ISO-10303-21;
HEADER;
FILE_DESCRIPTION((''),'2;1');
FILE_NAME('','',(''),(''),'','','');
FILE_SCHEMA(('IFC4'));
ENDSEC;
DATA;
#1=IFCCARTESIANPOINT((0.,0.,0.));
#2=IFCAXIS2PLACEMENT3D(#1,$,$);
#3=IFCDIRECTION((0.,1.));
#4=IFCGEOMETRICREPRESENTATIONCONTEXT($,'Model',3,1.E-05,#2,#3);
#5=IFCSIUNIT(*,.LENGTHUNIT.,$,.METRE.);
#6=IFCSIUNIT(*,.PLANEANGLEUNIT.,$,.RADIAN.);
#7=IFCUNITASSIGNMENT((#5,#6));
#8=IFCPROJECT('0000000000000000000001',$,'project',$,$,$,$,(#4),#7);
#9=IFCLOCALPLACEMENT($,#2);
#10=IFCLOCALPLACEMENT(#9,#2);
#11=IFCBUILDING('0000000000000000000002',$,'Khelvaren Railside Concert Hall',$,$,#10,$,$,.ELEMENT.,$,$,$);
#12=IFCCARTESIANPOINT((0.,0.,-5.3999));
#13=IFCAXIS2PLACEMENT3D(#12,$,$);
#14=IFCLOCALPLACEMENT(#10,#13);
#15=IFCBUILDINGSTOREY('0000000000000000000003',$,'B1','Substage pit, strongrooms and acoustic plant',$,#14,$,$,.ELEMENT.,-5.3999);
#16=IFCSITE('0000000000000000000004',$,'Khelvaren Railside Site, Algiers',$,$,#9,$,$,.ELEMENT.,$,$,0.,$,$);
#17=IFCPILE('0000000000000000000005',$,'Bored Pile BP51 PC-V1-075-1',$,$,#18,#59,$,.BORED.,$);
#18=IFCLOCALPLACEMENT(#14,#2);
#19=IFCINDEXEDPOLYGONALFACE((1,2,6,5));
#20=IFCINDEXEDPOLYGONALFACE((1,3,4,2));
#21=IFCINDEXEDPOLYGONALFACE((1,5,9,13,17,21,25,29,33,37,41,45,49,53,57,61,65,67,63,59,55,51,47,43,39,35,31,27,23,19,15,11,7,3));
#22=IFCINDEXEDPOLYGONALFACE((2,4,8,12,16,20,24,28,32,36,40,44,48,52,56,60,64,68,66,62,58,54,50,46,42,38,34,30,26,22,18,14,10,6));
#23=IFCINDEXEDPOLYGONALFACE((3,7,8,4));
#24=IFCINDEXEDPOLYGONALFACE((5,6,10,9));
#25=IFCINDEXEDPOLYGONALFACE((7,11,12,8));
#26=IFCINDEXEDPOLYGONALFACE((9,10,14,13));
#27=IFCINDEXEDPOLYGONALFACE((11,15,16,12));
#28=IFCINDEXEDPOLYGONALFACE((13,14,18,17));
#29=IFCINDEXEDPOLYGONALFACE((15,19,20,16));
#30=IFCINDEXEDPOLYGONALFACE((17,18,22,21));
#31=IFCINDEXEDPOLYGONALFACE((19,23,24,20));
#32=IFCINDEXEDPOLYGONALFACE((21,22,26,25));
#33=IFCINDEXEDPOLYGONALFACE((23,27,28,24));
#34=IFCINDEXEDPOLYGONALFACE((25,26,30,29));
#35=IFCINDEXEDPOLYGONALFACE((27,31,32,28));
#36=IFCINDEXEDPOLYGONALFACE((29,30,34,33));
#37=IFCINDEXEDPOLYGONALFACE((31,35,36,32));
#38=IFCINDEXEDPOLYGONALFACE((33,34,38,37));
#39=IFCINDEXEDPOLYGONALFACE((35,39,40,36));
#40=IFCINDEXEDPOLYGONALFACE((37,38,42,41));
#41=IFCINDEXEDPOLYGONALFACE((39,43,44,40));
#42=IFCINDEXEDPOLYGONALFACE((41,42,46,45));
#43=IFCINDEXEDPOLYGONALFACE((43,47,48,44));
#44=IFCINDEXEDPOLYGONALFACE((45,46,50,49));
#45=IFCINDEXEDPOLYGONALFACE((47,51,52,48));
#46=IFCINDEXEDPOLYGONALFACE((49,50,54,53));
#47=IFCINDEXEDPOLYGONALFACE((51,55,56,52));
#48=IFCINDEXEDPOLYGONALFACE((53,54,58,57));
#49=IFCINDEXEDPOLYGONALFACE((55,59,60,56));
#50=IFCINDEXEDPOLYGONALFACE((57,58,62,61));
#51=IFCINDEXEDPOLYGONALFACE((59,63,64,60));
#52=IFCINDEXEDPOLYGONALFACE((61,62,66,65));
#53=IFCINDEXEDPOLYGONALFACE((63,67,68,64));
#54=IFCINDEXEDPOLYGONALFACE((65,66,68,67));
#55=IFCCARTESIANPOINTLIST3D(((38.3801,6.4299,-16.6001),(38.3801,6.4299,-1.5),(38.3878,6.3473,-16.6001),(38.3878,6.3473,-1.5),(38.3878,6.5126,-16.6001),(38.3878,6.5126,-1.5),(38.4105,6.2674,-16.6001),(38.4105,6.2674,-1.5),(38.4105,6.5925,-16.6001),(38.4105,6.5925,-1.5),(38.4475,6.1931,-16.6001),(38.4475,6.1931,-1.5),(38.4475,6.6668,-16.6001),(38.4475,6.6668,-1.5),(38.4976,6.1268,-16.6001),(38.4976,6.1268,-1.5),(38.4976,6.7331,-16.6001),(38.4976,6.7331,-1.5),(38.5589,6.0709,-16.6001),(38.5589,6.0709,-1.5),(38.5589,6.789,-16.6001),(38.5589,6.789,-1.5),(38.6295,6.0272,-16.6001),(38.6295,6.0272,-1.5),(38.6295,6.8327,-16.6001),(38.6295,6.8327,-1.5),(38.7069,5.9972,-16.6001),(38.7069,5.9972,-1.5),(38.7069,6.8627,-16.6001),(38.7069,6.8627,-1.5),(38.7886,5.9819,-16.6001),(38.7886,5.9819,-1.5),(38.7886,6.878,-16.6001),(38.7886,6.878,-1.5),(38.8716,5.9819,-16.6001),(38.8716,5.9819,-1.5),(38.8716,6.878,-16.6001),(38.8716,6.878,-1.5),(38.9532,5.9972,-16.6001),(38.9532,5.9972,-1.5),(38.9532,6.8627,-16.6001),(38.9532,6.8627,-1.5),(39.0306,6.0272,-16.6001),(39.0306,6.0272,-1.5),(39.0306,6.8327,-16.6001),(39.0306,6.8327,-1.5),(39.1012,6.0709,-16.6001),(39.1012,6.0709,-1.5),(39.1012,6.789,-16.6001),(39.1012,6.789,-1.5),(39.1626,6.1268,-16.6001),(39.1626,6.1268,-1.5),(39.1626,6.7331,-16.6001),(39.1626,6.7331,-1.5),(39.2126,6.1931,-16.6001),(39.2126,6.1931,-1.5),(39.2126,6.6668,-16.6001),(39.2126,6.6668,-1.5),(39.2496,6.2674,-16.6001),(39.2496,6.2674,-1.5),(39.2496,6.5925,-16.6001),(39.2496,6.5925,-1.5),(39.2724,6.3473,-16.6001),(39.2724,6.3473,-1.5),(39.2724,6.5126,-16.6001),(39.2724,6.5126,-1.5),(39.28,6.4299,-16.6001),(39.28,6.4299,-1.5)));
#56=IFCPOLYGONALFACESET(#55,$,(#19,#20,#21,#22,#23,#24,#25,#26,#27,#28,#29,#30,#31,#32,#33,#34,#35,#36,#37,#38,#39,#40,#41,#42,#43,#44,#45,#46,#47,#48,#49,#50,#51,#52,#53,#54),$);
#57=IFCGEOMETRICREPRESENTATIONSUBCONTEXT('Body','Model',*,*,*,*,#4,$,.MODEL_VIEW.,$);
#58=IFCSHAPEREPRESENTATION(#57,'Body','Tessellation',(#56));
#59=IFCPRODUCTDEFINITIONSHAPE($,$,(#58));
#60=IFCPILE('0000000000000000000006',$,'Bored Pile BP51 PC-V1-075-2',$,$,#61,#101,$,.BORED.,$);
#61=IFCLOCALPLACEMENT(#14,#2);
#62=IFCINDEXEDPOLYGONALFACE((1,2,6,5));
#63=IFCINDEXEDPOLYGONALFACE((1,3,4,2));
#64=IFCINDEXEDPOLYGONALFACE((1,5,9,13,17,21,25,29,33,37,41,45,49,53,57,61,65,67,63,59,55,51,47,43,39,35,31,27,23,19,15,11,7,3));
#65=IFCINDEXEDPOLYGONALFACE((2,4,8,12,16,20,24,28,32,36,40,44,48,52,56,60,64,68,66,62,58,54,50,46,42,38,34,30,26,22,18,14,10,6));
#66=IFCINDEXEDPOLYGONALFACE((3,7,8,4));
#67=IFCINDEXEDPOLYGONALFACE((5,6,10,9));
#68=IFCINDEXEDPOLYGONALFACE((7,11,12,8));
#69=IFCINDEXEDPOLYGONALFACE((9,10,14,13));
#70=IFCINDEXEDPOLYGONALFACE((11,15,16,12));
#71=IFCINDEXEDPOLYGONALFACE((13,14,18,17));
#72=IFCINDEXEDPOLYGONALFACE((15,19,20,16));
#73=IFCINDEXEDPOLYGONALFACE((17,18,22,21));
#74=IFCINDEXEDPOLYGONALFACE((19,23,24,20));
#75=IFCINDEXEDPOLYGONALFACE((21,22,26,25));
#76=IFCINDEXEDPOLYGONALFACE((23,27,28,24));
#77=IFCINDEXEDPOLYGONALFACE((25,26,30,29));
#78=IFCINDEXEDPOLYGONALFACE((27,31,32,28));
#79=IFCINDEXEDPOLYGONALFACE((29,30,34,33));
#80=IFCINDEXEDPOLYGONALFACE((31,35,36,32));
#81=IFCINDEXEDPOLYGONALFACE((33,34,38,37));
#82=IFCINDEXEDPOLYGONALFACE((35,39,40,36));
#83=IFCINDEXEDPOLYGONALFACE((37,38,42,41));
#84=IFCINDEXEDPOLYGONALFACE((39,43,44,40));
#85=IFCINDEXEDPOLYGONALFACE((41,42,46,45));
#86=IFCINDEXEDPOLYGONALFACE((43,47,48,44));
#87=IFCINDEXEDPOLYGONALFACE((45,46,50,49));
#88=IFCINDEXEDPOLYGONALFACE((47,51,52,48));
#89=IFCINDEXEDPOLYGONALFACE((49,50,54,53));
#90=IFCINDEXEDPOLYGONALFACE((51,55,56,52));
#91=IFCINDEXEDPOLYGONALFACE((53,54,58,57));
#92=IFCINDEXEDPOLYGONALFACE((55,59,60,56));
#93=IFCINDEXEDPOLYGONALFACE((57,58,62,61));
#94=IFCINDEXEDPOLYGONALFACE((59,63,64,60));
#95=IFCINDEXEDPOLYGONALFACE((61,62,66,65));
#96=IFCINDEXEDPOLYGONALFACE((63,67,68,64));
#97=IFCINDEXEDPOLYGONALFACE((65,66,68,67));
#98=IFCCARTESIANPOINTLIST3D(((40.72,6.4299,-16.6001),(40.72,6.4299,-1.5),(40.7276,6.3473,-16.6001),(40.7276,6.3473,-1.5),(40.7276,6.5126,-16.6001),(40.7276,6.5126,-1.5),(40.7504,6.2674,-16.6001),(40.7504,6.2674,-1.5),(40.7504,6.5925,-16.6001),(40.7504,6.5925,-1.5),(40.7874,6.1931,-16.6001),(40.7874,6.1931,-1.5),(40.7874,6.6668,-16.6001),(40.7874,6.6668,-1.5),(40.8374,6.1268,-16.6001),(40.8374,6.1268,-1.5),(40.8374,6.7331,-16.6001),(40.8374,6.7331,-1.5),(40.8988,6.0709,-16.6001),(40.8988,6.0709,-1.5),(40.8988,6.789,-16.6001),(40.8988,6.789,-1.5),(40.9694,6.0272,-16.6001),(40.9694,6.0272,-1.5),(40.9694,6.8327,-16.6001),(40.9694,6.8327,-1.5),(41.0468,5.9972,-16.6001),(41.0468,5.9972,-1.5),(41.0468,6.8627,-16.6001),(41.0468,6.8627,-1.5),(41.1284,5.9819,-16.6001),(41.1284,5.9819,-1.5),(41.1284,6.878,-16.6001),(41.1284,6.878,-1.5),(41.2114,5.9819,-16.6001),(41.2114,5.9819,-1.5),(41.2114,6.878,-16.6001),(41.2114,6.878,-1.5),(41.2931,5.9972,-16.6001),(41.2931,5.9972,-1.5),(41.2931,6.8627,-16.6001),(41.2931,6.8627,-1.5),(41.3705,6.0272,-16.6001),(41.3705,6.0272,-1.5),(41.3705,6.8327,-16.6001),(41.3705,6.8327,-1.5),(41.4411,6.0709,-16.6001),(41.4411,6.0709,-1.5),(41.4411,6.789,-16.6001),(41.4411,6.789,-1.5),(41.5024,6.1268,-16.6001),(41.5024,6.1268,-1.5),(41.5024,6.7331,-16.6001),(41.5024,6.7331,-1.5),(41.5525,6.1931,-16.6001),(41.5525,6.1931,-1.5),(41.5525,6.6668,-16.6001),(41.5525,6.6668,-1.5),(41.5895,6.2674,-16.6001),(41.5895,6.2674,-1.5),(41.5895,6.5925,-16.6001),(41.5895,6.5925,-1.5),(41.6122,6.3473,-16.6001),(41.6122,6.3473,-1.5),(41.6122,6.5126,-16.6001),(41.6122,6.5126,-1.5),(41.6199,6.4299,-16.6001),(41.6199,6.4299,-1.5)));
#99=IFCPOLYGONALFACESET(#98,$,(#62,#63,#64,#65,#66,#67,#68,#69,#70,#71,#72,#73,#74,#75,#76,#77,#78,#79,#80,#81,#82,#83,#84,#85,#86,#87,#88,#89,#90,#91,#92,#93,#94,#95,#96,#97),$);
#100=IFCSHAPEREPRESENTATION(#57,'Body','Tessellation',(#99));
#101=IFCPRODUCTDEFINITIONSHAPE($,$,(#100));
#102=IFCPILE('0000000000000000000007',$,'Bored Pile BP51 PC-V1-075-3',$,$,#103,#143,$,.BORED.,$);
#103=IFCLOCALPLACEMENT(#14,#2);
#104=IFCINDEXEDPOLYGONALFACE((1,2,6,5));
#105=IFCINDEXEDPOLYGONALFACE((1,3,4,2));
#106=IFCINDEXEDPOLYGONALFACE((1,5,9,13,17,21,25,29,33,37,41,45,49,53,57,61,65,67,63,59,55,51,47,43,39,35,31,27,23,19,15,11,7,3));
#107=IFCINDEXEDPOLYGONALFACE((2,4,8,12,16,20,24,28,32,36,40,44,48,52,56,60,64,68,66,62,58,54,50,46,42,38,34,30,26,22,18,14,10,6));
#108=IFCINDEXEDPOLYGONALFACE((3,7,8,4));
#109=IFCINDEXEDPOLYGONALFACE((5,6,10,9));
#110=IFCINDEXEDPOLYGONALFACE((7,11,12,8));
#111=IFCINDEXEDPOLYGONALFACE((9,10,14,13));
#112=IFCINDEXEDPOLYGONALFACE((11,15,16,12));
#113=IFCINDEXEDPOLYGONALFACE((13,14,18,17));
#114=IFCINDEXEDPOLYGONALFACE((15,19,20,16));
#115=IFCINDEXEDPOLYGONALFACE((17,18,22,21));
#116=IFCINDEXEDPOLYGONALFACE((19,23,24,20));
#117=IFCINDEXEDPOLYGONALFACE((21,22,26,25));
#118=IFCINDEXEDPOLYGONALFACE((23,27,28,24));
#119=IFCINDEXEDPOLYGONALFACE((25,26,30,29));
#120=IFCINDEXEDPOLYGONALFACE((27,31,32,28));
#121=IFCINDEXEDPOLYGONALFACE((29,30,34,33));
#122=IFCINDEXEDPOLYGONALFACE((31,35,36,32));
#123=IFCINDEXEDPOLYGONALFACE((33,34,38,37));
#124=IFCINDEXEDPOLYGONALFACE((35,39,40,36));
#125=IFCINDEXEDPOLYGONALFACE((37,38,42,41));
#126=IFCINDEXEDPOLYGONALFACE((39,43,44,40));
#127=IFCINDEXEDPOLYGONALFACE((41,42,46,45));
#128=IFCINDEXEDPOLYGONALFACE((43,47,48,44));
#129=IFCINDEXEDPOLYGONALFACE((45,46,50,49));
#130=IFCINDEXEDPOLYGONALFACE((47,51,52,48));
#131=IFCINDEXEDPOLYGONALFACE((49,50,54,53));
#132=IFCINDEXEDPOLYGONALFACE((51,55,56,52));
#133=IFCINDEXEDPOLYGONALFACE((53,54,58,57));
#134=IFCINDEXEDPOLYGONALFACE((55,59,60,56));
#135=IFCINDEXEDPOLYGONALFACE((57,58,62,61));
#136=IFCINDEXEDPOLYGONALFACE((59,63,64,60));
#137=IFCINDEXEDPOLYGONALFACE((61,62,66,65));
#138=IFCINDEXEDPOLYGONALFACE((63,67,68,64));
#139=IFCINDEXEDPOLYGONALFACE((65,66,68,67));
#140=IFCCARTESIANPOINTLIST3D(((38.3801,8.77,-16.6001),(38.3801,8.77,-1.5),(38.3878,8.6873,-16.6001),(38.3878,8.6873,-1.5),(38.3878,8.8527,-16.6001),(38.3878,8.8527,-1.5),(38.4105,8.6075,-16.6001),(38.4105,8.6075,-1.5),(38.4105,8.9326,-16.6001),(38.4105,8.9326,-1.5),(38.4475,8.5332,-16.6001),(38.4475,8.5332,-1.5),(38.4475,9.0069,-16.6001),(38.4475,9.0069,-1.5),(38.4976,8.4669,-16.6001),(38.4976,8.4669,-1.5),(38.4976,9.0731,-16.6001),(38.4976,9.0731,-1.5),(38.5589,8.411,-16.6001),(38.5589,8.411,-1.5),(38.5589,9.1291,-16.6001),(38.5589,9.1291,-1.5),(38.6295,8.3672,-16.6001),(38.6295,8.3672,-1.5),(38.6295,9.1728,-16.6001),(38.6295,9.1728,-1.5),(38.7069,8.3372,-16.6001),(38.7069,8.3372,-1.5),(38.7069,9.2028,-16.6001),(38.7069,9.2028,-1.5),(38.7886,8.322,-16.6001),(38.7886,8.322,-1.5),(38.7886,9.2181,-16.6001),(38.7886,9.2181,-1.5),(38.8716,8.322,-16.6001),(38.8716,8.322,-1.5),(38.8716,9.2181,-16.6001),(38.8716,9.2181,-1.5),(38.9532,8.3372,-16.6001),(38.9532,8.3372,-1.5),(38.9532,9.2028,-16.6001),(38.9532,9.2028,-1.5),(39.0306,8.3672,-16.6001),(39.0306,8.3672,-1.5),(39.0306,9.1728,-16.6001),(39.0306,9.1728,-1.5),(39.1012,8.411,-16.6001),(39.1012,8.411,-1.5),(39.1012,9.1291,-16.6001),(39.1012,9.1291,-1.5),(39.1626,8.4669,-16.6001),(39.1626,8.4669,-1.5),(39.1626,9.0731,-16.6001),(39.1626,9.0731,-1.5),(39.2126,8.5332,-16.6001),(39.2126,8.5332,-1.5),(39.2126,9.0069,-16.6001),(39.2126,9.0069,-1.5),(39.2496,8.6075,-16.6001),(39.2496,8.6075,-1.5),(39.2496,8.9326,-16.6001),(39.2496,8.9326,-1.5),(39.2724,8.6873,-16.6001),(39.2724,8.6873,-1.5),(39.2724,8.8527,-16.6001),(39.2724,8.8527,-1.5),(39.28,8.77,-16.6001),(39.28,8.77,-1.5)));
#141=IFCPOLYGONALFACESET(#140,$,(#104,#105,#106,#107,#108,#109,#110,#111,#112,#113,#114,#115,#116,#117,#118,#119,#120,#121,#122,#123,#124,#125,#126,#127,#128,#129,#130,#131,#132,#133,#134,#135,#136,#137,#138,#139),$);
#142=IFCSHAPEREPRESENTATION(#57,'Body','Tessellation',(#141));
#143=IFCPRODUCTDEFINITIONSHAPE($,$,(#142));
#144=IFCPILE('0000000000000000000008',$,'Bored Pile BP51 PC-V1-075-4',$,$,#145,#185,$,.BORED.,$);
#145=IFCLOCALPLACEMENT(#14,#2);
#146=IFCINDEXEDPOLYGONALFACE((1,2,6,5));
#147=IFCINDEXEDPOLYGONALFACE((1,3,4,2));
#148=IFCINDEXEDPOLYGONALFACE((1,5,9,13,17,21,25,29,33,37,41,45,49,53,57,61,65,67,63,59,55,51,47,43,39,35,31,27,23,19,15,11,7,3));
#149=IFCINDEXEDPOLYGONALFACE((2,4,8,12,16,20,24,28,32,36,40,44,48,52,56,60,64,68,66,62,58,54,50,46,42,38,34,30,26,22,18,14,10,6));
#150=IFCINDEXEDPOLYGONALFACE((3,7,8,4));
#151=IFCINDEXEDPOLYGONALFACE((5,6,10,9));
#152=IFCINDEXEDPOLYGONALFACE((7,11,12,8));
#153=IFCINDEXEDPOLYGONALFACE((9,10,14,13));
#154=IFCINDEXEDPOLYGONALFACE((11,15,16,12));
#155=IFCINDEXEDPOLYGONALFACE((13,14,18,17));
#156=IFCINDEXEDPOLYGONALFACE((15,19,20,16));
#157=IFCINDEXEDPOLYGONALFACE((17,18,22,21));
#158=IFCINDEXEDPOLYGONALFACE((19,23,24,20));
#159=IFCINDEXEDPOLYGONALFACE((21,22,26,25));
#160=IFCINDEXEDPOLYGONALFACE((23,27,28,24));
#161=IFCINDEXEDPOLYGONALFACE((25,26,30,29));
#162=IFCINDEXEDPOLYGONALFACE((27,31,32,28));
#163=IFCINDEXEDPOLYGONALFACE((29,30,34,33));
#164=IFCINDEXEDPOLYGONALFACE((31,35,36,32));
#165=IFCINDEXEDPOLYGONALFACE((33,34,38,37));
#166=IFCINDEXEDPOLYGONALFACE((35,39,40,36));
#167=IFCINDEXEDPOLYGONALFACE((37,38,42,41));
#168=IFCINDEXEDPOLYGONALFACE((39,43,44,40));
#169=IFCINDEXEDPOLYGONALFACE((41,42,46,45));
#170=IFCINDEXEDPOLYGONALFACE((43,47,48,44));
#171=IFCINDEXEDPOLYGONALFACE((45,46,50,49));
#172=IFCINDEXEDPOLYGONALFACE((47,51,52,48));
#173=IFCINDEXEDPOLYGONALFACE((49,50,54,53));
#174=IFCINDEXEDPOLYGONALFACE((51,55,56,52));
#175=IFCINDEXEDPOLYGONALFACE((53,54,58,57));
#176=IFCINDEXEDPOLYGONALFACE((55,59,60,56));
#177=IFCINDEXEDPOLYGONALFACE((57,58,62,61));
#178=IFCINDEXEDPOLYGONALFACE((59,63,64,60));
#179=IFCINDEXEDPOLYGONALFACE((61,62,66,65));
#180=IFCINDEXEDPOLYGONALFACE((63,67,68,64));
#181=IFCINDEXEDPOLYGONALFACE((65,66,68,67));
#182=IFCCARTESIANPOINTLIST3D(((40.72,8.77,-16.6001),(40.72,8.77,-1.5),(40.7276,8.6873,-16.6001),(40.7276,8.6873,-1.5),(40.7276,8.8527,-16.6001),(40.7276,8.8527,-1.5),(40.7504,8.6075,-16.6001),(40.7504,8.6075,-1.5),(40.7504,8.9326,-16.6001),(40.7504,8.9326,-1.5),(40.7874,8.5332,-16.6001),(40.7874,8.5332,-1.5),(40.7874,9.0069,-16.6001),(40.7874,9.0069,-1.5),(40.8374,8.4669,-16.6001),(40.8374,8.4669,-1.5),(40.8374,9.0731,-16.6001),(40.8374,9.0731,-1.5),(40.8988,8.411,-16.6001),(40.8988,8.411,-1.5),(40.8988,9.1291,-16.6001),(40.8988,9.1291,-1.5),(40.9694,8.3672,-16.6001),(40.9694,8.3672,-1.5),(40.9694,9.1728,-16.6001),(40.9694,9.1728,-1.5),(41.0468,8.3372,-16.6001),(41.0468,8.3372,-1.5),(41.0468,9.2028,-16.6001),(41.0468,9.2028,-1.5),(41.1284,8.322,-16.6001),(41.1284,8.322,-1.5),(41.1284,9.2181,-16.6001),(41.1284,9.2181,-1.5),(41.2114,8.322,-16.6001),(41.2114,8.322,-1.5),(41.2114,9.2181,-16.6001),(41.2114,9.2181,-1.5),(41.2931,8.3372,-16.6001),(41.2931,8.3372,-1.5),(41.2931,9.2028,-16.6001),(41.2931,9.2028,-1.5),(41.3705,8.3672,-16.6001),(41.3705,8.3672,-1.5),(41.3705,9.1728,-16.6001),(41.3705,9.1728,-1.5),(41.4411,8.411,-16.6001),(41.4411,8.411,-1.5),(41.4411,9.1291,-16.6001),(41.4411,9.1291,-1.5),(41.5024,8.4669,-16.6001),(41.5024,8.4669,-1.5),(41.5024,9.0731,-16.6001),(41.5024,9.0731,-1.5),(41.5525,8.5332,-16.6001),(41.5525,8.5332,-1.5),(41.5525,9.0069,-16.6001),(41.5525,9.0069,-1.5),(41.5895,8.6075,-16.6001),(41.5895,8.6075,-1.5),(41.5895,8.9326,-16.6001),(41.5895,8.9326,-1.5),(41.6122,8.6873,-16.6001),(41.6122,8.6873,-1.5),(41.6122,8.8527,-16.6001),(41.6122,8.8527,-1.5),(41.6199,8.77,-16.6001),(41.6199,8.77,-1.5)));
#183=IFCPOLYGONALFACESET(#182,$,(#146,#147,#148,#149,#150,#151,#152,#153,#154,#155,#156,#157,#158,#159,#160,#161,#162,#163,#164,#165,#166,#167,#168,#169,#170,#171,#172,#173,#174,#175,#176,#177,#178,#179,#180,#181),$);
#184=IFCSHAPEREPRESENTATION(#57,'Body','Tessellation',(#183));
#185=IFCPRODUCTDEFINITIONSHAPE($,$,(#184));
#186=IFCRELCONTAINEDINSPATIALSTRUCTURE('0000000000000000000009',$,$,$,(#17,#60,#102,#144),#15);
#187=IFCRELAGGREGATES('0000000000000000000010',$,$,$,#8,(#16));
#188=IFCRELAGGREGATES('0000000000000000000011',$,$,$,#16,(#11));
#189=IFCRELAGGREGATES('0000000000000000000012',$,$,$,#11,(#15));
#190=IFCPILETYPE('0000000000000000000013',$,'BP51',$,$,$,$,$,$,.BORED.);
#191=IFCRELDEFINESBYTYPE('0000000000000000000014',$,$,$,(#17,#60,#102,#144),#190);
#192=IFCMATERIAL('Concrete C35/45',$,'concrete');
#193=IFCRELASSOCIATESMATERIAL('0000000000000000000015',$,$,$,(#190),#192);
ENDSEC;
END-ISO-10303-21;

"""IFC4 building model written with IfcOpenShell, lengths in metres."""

from ifc_helpers import new_model, si_unit, direction, frame, origin, origin_2d, place, context, subcontext, project, spatial, circle, extrude, material, material_profile, profile_set, type_object, element, save


model = new_model("IFC4")

# Units and contexts
model_context = context("Model", 3, precision=1e-05, world=origin(), true_north=direction((0.0, 1.0)))
body_context = subcontext(model_context, "Body", "Model", "MODEL_VIEW")
ifc_project = project(units=[si_unit("LENGTHUNIT", "METRE"), si_unit("PLANEANGLEUNIT", "RADIAN")], contexts=[model_context])

# Site, building, storey
site_placement = place(None, origin())
site = spatial("IfcSite", under=ifc_project, at=site_placement, Name="Khelvaren Railside Site, Algiers", CompositionType="ELEMENT", RefElevation=0.0)
building_placement = place(site_placement, origin())
building = spatial("IfcBuilding", under=site, at=building_placement, Name="Khelvaren Railside Concert Hall", CompositionType="ELEMENT")
storey_placement = place(building_placement, frame((0.0, 0.0, -5.3999)))
storey = spatial("IfcBuildingStorey", under=building, at=storey_placement, Name="B1", Description="Substage pit, strongrooms and acoustic plant", CompositionType="ELEMENT", Elevation=-5.3999)

# Piles
ifc_material_1 = material(Name="Concrete C35/45", Category="concrete")
ifc_material_profile_1 = material_profile(ifc_material_1, circle(Radius=0.45, at=origin_2d()), Name="BP D900")
ifc_profile_set_1 = profile_set([ifc_material_profile_1], Name="Concrete C35/45")
pile_type_1 = type_object("IfcPileType", Name="BP51", PredefinedType="BORED", material=ifc_profile_set_1)
for number, where, z_axis, x_axis, name in (
    (1, (38.8301, 6.4299, -1.5), (0.0, 0.0, -1.0), (1.0, 0.0, 0.0), "Bored Pile BP51 PC-V1-075-1"),
    (2, (41.1699, 6.4299, -1.5), (0.0, 0.0, -1.0), (1.0, 0.0, 0.0), "Bored Pile BP51 PC-V1-075-2"),
    (3, (38.8301, 8.77, -1.5), (0.0, 0.0, -1.0), (1.0, 0.0, 0.0), "Bored Pile BP51 PC-V1-075-3"),
    (4, (41.1699, 8.77, -1.5), (0.0, 0.0, -1.0), (1.0, 0.0, 0.0), "Bored Pile BP51 PC-V1-075-4"),
):
    element("IfcPile", number, at=place(storey_placement, frame(where, z_axis=z_axis, x_axis=x_axis)), inside=storey, type_object=pile_type_1, Name=name, PredefinedType="BORED", context=body_context, shape_type="SweptSolid", body=[
        extrude(circle(Radius=0.45, at=origin_2d()), origin(), (0.0, 0.0, 1.0), 15.1001),
    ])

save(model, "model.ifc")
